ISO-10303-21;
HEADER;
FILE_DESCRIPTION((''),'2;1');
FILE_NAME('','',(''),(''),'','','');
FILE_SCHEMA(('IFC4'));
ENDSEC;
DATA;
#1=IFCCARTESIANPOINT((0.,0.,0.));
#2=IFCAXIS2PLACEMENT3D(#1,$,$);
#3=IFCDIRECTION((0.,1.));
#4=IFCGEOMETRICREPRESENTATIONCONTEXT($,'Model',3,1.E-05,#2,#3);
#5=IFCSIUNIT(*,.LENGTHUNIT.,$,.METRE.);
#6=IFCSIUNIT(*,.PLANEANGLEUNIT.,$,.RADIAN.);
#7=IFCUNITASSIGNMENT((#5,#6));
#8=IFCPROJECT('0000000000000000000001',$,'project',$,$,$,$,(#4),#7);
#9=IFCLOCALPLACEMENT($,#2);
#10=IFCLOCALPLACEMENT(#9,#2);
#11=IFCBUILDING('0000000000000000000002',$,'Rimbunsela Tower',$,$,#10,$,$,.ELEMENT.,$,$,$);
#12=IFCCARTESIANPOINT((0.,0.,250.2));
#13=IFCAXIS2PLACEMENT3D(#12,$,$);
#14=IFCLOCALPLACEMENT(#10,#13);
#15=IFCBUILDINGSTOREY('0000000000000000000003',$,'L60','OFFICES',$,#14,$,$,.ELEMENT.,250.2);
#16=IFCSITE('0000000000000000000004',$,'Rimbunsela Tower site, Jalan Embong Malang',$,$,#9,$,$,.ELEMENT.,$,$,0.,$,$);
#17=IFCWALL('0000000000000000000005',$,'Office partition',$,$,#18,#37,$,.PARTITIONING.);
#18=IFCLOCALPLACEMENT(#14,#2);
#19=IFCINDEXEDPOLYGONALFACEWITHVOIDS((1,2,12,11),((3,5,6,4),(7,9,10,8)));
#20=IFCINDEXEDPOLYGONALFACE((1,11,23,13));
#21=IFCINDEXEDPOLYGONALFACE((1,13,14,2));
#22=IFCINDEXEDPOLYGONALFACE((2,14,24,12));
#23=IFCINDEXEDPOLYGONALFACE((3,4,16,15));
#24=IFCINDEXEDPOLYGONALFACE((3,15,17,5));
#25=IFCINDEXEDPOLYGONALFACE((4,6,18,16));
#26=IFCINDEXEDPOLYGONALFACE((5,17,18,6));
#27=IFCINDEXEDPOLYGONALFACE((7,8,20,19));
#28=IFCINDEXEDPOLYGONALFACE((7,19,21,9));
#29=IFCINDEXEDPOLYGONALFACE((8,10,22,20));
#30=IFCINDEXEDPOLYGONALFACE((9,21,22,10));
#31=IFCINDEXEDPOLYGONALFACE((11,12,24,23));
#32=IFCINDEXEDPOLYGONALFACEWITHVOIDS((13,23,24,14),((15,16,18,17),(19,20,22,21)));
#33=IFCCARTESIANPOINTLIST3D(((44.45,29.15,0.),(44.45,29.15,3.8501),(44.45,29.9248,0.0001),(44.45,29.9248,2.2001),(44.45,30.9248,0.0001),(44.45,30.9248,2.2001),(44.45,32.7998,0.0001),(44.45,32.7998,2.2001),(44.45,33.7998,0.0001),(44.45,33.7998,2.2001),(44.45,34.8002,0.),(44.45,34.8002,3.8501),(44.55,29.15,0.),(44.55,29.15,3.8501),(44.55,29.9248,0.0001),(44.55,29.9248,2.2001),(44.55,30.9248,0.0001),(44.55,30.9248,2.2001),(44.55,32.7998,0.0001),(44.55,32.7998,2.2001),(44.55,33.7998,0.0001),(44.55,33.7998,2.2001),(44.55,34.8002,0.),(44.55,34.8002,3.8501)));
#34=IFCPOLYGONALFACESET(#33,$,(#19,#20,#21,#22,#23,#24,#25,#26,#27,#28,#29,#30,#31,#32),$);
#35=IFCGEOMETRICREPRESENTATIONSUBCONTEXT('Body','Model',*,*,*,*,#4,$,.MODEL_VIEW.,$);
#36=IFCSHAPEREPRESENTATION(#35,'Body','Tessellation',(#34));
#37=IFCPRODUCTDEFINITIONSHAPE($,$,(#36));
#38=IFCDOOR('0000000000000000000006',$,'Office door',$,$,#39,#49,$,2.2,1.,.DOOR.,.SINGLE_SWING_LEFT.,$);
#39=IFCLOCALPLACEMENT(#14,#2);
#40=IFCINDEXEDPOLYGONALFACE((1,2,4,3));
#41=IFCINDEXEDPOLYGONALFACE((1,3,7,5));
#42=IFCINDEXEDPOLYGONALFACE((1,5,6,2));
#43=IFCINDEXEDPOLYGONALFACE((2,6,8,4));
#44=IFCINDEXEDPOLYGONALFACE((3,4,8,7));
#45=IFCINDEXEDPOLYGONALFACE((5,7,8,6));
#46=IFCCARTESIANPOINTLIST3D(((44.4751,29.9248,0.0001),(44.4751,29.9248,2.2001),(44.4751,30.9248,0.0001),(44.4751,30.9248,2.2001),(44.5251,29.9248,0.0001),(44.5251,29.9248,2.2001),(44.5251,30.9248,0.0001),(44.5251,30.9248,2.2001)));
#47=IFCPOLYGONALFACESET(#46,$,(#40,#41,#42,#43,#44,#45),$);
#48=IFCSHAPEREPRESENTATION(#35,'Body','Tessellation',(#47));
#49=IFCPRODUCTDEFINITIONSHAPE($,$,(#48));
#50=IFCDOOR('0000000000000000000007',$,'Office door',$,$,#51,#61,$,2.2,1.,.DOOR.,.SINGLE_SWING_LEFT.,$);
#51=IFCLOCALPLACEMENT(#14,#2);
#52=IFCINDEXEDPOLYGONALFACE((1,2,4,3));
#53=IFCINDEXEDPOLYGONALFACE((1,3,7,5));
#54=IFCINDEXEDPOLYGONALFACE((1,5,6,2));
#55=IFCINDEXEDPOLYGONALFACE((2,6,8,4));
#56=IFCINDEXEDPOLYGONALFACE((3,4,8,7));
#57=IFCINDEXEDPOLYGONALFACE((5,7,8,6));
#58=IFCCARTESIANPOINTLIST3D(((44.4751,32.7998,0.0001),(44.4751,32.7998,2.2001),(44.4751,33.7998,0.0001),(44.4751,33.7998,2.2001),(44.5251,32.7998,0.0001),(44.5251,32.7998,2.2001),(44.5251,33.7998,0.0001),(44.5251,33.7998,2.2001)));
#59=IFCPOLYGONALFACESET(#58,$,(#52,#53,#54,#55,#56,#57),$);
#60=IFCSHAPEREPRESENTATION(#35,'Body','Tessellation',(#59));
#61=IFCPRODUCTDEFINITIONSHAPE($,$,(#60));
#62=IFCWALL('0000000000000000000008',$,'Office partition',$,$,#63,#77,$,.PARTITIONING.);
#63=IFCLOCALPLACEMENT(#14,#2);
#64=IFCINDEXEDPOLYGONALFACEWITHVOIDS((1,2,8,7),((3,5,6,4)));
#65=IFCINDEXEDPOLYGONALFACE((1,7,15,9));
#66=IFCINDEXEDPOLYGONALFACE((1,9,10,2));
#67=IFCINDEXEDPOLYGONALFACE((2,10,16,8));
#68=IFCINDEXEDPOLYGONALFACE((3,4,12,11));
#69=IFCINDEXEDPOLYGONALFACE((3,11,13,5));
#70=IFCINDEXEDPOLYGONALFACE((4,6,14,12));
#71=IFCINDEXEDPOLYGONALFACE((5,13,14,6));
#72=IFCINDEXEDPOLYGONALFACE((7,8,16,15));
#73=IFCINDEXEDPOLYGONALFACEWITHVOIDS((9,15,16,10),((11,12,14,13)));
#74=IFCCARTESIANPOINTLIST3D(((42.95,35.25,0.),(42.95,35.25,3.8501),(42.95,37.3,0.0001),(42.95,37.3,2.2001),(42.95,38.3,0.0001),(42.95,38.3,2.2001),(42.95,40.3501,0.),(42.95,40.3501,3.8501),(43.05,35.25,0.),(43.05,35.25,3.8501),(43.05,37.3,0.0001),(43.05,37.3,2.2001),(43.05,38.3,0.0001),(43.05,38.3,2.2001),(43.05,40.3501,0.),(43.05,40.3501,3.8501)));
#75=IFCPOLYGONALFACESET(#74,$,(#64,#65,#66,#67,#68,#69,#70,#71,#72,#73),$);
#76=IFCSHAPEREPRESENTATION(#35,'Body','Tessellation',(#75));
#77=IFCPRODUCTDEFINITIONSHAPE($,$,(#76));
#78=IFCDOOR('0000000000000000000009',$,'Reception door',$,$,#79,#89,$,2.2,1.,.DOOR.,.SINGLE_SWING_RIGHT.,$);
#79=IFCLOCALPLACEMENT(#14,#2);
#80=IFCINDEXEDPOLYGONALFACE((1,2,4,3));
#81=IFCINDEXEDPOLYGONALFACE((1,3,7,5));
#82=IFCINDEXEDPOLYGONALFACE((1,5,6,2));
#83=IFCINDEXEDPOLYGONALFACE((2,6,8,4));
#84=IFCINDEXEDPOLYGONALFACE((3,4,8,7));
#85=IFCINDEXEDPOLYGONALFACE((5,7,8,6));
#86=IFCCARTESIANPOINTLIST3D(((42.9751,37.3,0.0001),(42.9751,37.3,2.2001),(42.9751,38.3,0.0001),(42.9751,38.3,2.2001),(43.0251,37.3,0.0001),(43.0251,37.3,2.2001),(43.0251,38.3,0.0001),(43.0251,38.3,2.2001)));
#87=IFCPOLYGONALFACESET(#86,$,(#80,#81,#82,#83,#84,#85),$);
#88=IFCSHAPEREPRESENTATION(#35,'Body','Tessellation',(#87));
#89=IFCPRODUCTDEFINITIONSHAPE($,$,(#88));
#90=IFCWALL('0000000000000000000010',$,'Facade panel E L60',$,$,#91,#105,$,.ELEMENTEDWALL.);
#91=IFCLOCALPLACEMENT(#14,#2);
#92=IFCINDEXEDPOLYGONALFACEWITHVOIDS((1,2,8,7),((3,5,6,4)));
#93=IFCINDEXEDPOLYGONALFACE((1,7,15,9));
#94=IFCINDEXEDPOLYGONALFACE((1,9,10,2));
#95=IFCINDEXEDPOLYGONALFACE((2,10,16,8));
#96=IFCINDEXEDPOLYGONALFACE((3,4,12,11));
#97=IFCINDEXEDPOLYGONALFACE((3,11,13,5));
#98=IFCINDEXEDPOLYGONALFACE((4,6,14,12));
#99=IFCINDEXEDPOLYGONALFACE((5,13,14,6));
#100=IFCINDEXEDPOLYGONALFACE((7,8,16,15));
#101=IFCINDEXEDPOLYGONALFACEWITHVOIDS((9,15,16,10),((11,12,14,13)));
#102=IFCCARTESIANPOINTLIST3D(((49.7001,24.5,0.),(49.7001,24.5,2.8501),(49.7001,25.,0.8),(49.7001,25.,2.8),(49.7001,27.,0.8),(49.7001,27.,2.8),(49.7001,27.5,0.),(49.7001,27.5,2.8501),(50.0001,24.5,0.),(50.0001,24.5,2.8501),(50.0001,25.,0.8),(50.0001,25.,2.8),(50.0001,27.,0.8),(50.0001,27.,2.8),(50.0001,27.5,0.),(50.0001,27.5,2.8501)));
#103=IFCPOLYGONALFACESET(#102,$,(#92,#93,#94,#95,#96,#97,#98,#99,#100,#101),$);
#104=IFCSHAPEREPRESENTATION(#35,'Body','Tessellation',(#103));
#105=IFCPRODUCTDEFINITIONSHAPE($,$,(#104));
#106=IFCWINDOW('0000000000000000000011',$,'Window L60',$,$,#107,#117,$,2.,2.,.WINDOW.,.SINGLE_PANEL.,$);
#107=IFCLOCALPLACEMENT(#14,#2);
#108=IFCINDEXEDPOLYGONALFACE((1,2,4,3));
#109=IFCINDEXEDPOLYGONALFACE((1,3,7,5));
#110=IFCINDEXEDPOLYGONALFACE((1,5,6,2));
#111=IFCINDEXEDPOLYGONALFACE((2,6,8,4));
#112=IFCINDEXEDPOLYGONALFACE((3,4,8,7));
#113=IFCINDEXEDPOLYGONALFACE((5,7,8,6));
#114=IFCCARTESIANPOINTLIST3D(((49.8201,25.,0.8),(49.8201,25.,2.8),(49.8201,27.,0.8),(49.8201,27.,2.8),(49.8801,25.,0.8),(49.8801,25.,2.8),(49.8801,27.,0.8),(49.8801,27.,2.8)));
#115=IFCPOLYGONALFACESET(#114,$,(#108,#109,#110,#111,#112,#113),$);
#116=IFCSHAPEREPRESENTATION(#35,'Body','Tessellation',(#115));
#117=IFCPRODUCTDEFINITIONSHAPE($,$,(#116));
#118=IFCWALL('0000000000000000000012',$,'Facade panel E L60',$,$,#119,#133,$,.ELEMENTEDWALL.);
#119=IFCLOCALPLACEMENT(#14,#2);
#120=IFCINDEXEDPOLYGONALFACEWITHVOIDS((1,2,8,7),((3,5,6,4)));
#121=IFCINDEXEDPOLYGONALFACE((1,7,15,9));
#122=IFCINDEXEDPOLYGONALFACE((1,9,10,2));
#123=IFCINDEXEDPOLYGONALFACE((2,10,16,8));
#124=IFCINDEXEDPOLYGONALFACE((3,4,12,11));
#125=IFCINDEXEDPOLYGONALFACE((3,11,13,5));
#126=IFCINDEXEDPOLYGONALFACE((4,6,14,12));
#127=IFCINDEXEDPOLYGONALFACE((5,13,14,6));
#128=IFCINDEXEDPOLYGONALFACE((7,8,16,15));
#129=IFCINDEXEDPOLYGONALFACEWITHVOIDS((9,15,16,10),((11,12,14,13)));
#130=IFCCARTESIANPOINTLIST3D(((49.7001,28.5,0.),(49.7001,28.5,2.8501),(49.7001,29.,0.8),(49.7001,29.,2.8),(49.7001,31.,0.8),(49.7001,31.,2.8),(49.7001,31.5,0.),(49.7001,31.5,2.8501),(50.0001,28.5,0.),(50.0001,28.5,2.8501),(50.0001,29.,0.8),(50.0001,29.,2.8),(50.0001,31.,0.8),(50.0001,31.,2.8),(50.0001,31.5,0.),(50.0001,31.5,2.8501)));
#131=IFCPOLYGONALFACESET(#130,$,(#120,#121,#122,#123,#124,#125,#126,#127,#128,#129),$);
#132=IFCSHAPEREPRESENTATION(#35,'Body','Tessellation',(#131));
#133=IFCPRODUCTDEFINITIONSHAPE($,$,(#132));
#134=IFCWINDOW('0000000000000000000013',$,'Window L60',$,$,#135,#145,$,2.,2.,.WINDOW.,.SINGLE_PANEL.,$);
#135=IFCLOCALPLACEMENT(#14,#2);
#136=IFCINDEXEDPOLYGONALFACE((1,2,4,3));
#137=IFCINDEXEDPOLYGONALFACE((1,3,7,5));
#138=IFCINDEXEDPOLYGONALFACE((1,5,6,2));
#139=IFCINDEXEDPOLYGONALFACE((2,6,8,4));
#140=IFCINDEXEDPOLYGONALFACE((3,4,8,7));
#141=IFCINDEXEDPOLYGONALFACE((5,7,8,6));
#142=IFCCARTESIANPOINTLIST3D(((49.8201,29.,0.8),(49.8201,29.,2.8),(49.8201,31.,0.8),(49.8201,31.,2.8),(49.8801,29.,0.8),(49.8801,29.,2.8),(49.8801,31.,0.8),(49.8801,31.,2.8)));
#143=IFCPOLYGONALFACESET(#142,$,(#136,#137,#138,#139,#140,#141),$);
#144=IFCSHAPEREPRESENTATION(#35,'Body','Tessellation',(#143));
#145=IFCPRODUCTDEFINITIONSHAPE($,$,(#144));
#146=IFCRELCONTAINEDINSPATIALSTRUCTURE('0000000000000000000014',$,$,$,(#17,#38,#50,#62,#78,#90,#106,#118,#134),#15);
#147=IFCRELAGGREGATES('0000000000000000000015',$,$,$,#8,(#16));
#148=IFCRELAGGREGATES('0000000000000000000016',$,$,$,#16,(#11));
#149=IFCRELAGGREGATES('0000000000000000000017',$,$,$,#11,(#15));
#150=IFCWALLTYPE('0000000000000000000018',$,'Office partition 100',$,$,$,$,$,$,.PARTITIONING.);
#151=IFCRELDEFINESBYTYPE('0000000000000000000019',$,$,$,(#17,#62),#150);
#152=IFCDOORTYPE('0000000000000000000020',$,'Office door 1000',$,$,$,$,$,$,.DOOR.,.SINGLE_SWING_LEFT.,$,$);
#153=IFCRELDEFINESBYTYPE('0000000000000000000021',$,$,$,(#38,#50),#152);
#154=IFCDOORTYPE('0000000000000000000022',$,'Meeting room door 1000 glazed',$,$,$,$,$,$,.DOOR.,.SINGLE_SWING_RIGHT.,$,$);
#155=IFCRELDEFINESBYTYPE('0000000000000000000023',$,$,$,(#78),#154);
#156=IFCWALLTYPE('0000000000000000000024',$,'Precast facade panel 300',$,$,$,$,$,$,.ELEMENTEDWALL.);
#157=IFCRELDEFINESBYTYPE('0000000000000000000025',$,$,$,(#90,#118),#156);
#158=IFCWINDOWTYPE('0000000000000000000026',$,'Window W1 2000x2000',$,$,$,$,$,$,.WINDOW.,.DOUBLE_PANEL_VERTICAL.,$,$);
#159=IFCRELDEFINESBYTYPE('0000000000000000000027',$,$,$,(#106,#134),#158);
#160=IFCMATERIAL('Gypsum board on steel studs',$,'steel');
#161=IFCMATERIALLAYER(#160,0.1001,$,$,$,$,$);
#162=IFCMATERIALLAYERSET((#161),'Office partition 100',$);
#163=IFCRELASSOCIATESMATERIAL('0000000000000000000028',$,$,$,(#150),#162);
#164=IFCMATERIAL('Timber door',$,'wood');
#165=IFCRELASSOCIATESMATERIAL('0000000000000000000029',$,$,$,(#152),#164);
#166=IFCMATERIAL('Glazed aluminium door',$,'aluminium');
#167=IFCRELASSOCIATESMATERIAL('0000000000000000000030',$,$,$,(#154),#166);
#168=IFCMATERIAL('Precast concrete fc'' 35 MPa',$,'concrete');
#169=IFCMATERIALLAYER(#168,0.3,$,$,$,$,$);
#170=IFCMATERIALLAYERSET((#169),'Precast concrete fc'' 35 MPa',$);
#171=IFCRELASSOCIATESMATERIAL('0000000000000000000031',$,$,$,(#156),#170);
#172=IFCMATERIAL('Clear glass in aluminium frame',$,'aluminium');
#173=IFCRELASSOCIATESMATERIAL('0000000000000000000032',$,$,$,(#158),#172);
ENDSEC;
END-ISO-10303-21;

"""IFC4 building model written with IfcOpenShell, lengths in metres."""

from ifc_helpers import new_model, si_unit, direction, frame, frame_2d, origin, place, context, subcontext, project, spatial, rectangle, extrude, material, layer, layer_set, type_object, element, fill, save


model = new_model("IFC4")

# Units and contexts
model_context = context("Model", 3, precision=1e-05, world=origin(), true_north=direction((0.0, 1.0)))
body_context = subcontext(model_context, "Body", "Model", "MODEL_VIEW")
ifc_project = project(units=[si_unit("LENGTHUNIT", "METRE"), si_unit("PLANEANGLEUNIT", "RADIAN")], contexts=[model_context])

# Site, building, storey
site_placement = place(None, origin())
site = spatial("IfcSite", under=ifc_project, at=site_placement, Name="Rimbunsela Tower site, Jalan Embong Malang", CompositionType="ELEMENT", RefElevation=0.0)
building_placement = place(site_placement, origin())
building = spatial("IfcBuilding", under=site, at=building_placement, Name="Rimbunsela Tower", CompositionType="ELEMENT")
storey_placement = place(building_placement, frame((0.0, 0.0, 250.2)))
storey = spatial("IfcBuildingStorey", under=building, at=storey_placement, Name="L60", Description="OFFICES", CompositionType="ELEMENT", Elevation=250.2)

# Wall, openings, doors
ifc_material_1 = material(Name="Gypsum board on steel studs", Category="steel")
ifc_layer_1 = layer(ifc_material_1, 0.1001)
ifc_layer_set_1 = layer_set([ifc_layer_1], Name="Office partition 100")
wall_type_1 = type_object("IfcWallType", Name="Office partition 100", PredefinedType="PARTITIONING", material=ifc_layer_set_1)
wall_1_placement = place(storey_placement, frame((44.5, 29.1499, 0.0), z_axis=(0.0, 0.0, 1.0), x_axis=(0.0, 1.0, 0.0)))
wall_1 = element("IfcWall", 1, at=wall_1_placement, inside=storey, type_object=wall_type_1, Name="Office partition", PredefinedType="PARTITIONING", context=body_context, shape_type="SweptSolid", body=[
    extrude(rectangle(XDim=5.6501, YDim=0.1001, at=frame_2d((2.8252, 0.0))), origin(), (0.0, 0.0, 1.0), 3.8501),
])
opening_1_placement = place(wall_1_placement, frame((0.7749, 0.0, 0.0)))
opening_1 = element("IfcOpeningElement", 2, at=opening_1_placement, cuts=wall_1, PredefinedType="OPENING", context=body_context, shape_type="SweptSolid", body=[
    extrude(rectangle(XDim=1.0, YDim=2.2, at=frame_2d((0.5, 1.1001))), frame((0.0, 0.0601, 0.0), z_axis=(0.0, -1.0, 0.0), x_axis=(1.0, 0.0, 0.0)), (0.0, 0.0, 1.0), 0.1201),
])
opening_2_placement = place(wall_1_placement, frame((3.6499, 0.0, 0.0)))
opening_2 = element("IfcOpeningElement", 3, at=opening_2_placement, cuts=wall_1, PredefinedType="OPENING", context=body_context, shape_type="SweptSolid", body=[
    extrude(rectangle(XDim=1.0, YDim=2.2, at=frame_2d((0.5, 1.1001))), frame((0.0, 0.0601, 0.0), z_axis=(0.0, -1.0, 0.0), x_axis=(1.0, 0.0, 0.0)), (0.0, 0.0, 1.0), 0.1201),
])
ifc_material_2 = material(Name="Timber door", Category="wood")
door_type_1 = type_object("IfcDoorType", Name="Office door 1000", OperationType="SINGLE_SWING_LEFT", PredefinedType="DOOR", material=ifc_material_2)
door_1_placement = place(opening_1_placement, origin())
door_1 = element("IfcDoor", 4, at=door_1_placement, inside=storey, type_object=door_type_1, Name="Office door", OperationType="SINGLE_SWING_LEFT", OverallHeight=2.2, OverallWidth=1.0, PredefinedType="DOOR", context=body_context, shape_type="SweptSolid", body=[
    extrude(rectangle(XDim=1.0, YDim=2.2, at=frame_2d((0.5, 1.1001))), frame((0.0, 0.0249, 0.0), z_axis=(0.0, -1.0, 0.0), x_axis=(1.0, 0.0, 0.0)), (0.0, 0.0, 1.0), 0.05),
])
fill(opening_1, door_1)
door_2_placement = place(opening_2_placement, origin())
door_2 = element("IfcDoor", 5, at=door_2_placement, inside=storey, type_object=door_type_1, Name="Office door", OperationType="SINGLE_SWING_LEFT", OverallHeight=2.2, OverallWidth=1.0, PredefinedType="DOOR", context=body_context, shape_type="SweptSolid", body=[
    extrude(rectangle(XDim=1.0, YDim=2.2, at=frame_2d((0.5, 1.1001))), frame((0.0, 0.0249, 0.0), z_axis=(0.0, -1.0, 0.0), x_axis=(1.0, 0.0, 0.0)), (0.0, 0.0, 1.0), 0.05),
])
fill(opening_2, door_2)

# Wall, opening, door
wall_2_placement = place(storey_placement, frame((43.0, 35.25, 0.0), z_axis=(0.0, 0.0, 1.0), x_axis=(0.0, 1.0, 0.0)))
wall_2 = element("IfcWall", 6, at=wall_2_placement, inside=storey, type_object=wall_type_1, Name="Office partition", PredefinedType="PARTITIONING", context=body_context, shape_type="SweptSolid", body=[
    extrude(rectangle(XDim=5.1001, YDim=0.1001, at=frame_2d((2.55, 0.0))), origin(), (0.0, 0.0, 1.0), 3.8501),
])
opening_3_placement = place(wall_2_placement, frame((2.05, 0.0, 0.0)))
opening_3 = element("IfcOpeningElement", 7, at=opening_3_placement, cuts=wall_2, PredefinedType="OPENING", context=body_context, shape_type="SweptSolid", body=[
    extrude(rectangle(XDim=1.0, YDim=2.2, at=frame_2d((0.5, 1.1001))), frame((0.0, 0.0601, 0.0), z_axis=(0.0, -1.0, 0.0), x_axis=(1.0, 0.0, 0.0)), (0.0, 0.0, 1.0), 0.1201),
])
ifc_material_3 = material(Name="Glazed aluminium door", Category="aluminium")
door_type_2 = type_object("IfcDoorType", Name="Meeting room door 1000 glazed", OperationType="SINGLE_SWING_RIGHT", PredefinedType="DOOR", material=ifc_material_3)
door_3_placement = place(opening_3_placement, origin())
door_3 = element("IfcDoor", 8, at=door_3_placement, inside=storey, type_object=door_type_2, Name="Reception door", OperationType="SINGLE_SWING_RIGHT", OverallHeight=2.2, OverallWidth=1.0, PredefinedType="DOOR", context=body_context, shape_type="SweptSolid", body=[
    extrude(rectangle(XDim=1.0, YDim=2.2, at=frame_2d((0.5, 1.1001))), frame((0.0, 0.0249, 0.0), z_axis=(0.0, -1.0, 0.0), x_axis=(1.0, 0.0, 0.0)), (0.0, 0.0, 1.0), 0.05),
])
fill(opening_3, door_3)

# Walls, openings, windows
ifc_material_4 = material(Name="Precast concrete fc' 35 MPa", Category="concrete")
ifc_layer_2 = layer(ifc_material_4, 0.3)
ifc_layer_set_2 = layer_set([ifc_layer_2], Name="Precast concrete fc' 35 MPa")
wall_type_2 = type_object("IfcWallType", Name="Precast facade panel 300", PredefinedType="ELEMENTEDWALL", material=ifc_layer_set_2)
wall_3_placement = place(storey_placement, frame((49.8501, 24.5, 0.0), z_axis=(0.0, 0.0, 1.0), x_axis=(0.0, 1.0, 0.0)))
wall_3 = element("IfcWall", 9, at=wall_3_placement, inside=storey, type_object=wall_type_2, Name="Facade panel E L60", PredefinedType="ELEMENTEDWALL", context=body_context, shape_type="SweptSolid", body=[
    extrude(rectangle(XDim=3.0, YDim=0.3, at=frame_2d((1.5, 0.0))), origin(), (0.0, 0.0, 1.0), 2.8501),
])
opening_4_placement = place(wall_3_placement, frame((0.5, 0.0, 0.8)))
opening_4 = element("IfcOpeningElement", 10, at=opening_4_placement, cuts=wall_3, PredefinedType="OPENING", context=body_context, shape_type="SweptSolid", body=[
    extrude(rectangle(XDim=2.0, YDim=2.0, at=frame_2d((1.0, 1.0))), frame((0.0, 0.1599, 0.0), z_axis=(0.0, -1.0, 0.0), x_axis=(1.0, 0.0, 0.0)), (0.0, 0.0, 1.0), 0.3201),
])
ifc_material_5 = material(Name="Clear glass in aluminium frame", Category="aluminium")
window_type = type_object("IfcWindowType", Name="Window W1 2000x2000", PartitioningType="DOUBLE_PANEL_VERTICAL", PredefinedType="WINDOW", material=ifc_material_5)
window_1_placement = place(opening_4_placement, origin())
window_1 = element("IfcWindow", 11, at=window_1_placement, inside=storey, type_object=window_type, Name="Window L60", OverallHeight=2.0, OverallWidth=2.0, PartitioningType="SINGLE_PANEL", PredefinedType="WINDOW", context=body_context, shape_type="SweptSolid", body=[
    extrude(rectangle(XDim=2.0, YDim=2.0, at=frame_2d((1.0, 1.0))), frame((0.0, 0.03, 0.0), z_axis=(0.0, -1.0, 0.0), x_axis=(1.0, 0.0, 0.0)), (0.0, 0.0, 1.0), 0.0601),
])
fill(opening_4, window_1)
wall_4_placement = place(storey_placement, frame((49.8501, 28.5, 0.0), z_axis=(0.0, 0.0, 1.0), x_axis=(0.0, 1.0, 0.0)))
wall_4 = element("IfcWall", 12, at=wall_4_placement, inside=storey, type_object=wall_type_2, Name="Facade panel E L60", PredefinedType="ELEMENTEDWALL", context=body_context, shape_type="SweptSolid", body=[
    extrude(rectangle(XDim=3.0, YDim=0.3, at=frame_2d((1.5, 0.0))), origin(), (0.0, 0.0, 1.0), 2.8501),
])
opening_5_placement = place(wall_4_placement, frame((0.5, 0.0, 0.8)))
opening_5 = element("IfcOpeningElement", 13, at=opening_5_placement, cuts=wall_4, PredefinedType="OPENING", context=body_context, shape_type="SweptSolid", body=[
    extrude(rectangle(XDim=2.0, YDim=2.0, at=frame_2d((1.0, 1.0))), frame((0.0, 0.1599, 0.0), z_axis=(0.0, -1.0, 0.0), x_axis=(1.0, 0.0, 0.0)), (0.0, 0.0, 1.0), 0.3201),
])
window_2_placement = place(opening_5_placement, origin())
window_2 = element("IfcWindow", 14, at=window_2_placement, inside=storey, type_object=window_type, Name="Window L60", OverallHeight=2.0, OverallWidth=2.0, PartitioningType="SINGLE_PANEL", PredefinedType="WINDOW", context=body_context, shape_type="SweptSolid", body=[
    extrude(rectangle(XDim=2.0, YDim=2.0, at=frame_2d((1.0, 1.0))), frame((0.0, 0.03, 0.0), z_axis=(0.0, -1.0, 0.0), x_axis=(1.0, 0.0, 0.0)), (0.0, 0.0, 1.0), 0.0601),
])
fill(opening_5, window_2)

save(model, "model.ifc")
